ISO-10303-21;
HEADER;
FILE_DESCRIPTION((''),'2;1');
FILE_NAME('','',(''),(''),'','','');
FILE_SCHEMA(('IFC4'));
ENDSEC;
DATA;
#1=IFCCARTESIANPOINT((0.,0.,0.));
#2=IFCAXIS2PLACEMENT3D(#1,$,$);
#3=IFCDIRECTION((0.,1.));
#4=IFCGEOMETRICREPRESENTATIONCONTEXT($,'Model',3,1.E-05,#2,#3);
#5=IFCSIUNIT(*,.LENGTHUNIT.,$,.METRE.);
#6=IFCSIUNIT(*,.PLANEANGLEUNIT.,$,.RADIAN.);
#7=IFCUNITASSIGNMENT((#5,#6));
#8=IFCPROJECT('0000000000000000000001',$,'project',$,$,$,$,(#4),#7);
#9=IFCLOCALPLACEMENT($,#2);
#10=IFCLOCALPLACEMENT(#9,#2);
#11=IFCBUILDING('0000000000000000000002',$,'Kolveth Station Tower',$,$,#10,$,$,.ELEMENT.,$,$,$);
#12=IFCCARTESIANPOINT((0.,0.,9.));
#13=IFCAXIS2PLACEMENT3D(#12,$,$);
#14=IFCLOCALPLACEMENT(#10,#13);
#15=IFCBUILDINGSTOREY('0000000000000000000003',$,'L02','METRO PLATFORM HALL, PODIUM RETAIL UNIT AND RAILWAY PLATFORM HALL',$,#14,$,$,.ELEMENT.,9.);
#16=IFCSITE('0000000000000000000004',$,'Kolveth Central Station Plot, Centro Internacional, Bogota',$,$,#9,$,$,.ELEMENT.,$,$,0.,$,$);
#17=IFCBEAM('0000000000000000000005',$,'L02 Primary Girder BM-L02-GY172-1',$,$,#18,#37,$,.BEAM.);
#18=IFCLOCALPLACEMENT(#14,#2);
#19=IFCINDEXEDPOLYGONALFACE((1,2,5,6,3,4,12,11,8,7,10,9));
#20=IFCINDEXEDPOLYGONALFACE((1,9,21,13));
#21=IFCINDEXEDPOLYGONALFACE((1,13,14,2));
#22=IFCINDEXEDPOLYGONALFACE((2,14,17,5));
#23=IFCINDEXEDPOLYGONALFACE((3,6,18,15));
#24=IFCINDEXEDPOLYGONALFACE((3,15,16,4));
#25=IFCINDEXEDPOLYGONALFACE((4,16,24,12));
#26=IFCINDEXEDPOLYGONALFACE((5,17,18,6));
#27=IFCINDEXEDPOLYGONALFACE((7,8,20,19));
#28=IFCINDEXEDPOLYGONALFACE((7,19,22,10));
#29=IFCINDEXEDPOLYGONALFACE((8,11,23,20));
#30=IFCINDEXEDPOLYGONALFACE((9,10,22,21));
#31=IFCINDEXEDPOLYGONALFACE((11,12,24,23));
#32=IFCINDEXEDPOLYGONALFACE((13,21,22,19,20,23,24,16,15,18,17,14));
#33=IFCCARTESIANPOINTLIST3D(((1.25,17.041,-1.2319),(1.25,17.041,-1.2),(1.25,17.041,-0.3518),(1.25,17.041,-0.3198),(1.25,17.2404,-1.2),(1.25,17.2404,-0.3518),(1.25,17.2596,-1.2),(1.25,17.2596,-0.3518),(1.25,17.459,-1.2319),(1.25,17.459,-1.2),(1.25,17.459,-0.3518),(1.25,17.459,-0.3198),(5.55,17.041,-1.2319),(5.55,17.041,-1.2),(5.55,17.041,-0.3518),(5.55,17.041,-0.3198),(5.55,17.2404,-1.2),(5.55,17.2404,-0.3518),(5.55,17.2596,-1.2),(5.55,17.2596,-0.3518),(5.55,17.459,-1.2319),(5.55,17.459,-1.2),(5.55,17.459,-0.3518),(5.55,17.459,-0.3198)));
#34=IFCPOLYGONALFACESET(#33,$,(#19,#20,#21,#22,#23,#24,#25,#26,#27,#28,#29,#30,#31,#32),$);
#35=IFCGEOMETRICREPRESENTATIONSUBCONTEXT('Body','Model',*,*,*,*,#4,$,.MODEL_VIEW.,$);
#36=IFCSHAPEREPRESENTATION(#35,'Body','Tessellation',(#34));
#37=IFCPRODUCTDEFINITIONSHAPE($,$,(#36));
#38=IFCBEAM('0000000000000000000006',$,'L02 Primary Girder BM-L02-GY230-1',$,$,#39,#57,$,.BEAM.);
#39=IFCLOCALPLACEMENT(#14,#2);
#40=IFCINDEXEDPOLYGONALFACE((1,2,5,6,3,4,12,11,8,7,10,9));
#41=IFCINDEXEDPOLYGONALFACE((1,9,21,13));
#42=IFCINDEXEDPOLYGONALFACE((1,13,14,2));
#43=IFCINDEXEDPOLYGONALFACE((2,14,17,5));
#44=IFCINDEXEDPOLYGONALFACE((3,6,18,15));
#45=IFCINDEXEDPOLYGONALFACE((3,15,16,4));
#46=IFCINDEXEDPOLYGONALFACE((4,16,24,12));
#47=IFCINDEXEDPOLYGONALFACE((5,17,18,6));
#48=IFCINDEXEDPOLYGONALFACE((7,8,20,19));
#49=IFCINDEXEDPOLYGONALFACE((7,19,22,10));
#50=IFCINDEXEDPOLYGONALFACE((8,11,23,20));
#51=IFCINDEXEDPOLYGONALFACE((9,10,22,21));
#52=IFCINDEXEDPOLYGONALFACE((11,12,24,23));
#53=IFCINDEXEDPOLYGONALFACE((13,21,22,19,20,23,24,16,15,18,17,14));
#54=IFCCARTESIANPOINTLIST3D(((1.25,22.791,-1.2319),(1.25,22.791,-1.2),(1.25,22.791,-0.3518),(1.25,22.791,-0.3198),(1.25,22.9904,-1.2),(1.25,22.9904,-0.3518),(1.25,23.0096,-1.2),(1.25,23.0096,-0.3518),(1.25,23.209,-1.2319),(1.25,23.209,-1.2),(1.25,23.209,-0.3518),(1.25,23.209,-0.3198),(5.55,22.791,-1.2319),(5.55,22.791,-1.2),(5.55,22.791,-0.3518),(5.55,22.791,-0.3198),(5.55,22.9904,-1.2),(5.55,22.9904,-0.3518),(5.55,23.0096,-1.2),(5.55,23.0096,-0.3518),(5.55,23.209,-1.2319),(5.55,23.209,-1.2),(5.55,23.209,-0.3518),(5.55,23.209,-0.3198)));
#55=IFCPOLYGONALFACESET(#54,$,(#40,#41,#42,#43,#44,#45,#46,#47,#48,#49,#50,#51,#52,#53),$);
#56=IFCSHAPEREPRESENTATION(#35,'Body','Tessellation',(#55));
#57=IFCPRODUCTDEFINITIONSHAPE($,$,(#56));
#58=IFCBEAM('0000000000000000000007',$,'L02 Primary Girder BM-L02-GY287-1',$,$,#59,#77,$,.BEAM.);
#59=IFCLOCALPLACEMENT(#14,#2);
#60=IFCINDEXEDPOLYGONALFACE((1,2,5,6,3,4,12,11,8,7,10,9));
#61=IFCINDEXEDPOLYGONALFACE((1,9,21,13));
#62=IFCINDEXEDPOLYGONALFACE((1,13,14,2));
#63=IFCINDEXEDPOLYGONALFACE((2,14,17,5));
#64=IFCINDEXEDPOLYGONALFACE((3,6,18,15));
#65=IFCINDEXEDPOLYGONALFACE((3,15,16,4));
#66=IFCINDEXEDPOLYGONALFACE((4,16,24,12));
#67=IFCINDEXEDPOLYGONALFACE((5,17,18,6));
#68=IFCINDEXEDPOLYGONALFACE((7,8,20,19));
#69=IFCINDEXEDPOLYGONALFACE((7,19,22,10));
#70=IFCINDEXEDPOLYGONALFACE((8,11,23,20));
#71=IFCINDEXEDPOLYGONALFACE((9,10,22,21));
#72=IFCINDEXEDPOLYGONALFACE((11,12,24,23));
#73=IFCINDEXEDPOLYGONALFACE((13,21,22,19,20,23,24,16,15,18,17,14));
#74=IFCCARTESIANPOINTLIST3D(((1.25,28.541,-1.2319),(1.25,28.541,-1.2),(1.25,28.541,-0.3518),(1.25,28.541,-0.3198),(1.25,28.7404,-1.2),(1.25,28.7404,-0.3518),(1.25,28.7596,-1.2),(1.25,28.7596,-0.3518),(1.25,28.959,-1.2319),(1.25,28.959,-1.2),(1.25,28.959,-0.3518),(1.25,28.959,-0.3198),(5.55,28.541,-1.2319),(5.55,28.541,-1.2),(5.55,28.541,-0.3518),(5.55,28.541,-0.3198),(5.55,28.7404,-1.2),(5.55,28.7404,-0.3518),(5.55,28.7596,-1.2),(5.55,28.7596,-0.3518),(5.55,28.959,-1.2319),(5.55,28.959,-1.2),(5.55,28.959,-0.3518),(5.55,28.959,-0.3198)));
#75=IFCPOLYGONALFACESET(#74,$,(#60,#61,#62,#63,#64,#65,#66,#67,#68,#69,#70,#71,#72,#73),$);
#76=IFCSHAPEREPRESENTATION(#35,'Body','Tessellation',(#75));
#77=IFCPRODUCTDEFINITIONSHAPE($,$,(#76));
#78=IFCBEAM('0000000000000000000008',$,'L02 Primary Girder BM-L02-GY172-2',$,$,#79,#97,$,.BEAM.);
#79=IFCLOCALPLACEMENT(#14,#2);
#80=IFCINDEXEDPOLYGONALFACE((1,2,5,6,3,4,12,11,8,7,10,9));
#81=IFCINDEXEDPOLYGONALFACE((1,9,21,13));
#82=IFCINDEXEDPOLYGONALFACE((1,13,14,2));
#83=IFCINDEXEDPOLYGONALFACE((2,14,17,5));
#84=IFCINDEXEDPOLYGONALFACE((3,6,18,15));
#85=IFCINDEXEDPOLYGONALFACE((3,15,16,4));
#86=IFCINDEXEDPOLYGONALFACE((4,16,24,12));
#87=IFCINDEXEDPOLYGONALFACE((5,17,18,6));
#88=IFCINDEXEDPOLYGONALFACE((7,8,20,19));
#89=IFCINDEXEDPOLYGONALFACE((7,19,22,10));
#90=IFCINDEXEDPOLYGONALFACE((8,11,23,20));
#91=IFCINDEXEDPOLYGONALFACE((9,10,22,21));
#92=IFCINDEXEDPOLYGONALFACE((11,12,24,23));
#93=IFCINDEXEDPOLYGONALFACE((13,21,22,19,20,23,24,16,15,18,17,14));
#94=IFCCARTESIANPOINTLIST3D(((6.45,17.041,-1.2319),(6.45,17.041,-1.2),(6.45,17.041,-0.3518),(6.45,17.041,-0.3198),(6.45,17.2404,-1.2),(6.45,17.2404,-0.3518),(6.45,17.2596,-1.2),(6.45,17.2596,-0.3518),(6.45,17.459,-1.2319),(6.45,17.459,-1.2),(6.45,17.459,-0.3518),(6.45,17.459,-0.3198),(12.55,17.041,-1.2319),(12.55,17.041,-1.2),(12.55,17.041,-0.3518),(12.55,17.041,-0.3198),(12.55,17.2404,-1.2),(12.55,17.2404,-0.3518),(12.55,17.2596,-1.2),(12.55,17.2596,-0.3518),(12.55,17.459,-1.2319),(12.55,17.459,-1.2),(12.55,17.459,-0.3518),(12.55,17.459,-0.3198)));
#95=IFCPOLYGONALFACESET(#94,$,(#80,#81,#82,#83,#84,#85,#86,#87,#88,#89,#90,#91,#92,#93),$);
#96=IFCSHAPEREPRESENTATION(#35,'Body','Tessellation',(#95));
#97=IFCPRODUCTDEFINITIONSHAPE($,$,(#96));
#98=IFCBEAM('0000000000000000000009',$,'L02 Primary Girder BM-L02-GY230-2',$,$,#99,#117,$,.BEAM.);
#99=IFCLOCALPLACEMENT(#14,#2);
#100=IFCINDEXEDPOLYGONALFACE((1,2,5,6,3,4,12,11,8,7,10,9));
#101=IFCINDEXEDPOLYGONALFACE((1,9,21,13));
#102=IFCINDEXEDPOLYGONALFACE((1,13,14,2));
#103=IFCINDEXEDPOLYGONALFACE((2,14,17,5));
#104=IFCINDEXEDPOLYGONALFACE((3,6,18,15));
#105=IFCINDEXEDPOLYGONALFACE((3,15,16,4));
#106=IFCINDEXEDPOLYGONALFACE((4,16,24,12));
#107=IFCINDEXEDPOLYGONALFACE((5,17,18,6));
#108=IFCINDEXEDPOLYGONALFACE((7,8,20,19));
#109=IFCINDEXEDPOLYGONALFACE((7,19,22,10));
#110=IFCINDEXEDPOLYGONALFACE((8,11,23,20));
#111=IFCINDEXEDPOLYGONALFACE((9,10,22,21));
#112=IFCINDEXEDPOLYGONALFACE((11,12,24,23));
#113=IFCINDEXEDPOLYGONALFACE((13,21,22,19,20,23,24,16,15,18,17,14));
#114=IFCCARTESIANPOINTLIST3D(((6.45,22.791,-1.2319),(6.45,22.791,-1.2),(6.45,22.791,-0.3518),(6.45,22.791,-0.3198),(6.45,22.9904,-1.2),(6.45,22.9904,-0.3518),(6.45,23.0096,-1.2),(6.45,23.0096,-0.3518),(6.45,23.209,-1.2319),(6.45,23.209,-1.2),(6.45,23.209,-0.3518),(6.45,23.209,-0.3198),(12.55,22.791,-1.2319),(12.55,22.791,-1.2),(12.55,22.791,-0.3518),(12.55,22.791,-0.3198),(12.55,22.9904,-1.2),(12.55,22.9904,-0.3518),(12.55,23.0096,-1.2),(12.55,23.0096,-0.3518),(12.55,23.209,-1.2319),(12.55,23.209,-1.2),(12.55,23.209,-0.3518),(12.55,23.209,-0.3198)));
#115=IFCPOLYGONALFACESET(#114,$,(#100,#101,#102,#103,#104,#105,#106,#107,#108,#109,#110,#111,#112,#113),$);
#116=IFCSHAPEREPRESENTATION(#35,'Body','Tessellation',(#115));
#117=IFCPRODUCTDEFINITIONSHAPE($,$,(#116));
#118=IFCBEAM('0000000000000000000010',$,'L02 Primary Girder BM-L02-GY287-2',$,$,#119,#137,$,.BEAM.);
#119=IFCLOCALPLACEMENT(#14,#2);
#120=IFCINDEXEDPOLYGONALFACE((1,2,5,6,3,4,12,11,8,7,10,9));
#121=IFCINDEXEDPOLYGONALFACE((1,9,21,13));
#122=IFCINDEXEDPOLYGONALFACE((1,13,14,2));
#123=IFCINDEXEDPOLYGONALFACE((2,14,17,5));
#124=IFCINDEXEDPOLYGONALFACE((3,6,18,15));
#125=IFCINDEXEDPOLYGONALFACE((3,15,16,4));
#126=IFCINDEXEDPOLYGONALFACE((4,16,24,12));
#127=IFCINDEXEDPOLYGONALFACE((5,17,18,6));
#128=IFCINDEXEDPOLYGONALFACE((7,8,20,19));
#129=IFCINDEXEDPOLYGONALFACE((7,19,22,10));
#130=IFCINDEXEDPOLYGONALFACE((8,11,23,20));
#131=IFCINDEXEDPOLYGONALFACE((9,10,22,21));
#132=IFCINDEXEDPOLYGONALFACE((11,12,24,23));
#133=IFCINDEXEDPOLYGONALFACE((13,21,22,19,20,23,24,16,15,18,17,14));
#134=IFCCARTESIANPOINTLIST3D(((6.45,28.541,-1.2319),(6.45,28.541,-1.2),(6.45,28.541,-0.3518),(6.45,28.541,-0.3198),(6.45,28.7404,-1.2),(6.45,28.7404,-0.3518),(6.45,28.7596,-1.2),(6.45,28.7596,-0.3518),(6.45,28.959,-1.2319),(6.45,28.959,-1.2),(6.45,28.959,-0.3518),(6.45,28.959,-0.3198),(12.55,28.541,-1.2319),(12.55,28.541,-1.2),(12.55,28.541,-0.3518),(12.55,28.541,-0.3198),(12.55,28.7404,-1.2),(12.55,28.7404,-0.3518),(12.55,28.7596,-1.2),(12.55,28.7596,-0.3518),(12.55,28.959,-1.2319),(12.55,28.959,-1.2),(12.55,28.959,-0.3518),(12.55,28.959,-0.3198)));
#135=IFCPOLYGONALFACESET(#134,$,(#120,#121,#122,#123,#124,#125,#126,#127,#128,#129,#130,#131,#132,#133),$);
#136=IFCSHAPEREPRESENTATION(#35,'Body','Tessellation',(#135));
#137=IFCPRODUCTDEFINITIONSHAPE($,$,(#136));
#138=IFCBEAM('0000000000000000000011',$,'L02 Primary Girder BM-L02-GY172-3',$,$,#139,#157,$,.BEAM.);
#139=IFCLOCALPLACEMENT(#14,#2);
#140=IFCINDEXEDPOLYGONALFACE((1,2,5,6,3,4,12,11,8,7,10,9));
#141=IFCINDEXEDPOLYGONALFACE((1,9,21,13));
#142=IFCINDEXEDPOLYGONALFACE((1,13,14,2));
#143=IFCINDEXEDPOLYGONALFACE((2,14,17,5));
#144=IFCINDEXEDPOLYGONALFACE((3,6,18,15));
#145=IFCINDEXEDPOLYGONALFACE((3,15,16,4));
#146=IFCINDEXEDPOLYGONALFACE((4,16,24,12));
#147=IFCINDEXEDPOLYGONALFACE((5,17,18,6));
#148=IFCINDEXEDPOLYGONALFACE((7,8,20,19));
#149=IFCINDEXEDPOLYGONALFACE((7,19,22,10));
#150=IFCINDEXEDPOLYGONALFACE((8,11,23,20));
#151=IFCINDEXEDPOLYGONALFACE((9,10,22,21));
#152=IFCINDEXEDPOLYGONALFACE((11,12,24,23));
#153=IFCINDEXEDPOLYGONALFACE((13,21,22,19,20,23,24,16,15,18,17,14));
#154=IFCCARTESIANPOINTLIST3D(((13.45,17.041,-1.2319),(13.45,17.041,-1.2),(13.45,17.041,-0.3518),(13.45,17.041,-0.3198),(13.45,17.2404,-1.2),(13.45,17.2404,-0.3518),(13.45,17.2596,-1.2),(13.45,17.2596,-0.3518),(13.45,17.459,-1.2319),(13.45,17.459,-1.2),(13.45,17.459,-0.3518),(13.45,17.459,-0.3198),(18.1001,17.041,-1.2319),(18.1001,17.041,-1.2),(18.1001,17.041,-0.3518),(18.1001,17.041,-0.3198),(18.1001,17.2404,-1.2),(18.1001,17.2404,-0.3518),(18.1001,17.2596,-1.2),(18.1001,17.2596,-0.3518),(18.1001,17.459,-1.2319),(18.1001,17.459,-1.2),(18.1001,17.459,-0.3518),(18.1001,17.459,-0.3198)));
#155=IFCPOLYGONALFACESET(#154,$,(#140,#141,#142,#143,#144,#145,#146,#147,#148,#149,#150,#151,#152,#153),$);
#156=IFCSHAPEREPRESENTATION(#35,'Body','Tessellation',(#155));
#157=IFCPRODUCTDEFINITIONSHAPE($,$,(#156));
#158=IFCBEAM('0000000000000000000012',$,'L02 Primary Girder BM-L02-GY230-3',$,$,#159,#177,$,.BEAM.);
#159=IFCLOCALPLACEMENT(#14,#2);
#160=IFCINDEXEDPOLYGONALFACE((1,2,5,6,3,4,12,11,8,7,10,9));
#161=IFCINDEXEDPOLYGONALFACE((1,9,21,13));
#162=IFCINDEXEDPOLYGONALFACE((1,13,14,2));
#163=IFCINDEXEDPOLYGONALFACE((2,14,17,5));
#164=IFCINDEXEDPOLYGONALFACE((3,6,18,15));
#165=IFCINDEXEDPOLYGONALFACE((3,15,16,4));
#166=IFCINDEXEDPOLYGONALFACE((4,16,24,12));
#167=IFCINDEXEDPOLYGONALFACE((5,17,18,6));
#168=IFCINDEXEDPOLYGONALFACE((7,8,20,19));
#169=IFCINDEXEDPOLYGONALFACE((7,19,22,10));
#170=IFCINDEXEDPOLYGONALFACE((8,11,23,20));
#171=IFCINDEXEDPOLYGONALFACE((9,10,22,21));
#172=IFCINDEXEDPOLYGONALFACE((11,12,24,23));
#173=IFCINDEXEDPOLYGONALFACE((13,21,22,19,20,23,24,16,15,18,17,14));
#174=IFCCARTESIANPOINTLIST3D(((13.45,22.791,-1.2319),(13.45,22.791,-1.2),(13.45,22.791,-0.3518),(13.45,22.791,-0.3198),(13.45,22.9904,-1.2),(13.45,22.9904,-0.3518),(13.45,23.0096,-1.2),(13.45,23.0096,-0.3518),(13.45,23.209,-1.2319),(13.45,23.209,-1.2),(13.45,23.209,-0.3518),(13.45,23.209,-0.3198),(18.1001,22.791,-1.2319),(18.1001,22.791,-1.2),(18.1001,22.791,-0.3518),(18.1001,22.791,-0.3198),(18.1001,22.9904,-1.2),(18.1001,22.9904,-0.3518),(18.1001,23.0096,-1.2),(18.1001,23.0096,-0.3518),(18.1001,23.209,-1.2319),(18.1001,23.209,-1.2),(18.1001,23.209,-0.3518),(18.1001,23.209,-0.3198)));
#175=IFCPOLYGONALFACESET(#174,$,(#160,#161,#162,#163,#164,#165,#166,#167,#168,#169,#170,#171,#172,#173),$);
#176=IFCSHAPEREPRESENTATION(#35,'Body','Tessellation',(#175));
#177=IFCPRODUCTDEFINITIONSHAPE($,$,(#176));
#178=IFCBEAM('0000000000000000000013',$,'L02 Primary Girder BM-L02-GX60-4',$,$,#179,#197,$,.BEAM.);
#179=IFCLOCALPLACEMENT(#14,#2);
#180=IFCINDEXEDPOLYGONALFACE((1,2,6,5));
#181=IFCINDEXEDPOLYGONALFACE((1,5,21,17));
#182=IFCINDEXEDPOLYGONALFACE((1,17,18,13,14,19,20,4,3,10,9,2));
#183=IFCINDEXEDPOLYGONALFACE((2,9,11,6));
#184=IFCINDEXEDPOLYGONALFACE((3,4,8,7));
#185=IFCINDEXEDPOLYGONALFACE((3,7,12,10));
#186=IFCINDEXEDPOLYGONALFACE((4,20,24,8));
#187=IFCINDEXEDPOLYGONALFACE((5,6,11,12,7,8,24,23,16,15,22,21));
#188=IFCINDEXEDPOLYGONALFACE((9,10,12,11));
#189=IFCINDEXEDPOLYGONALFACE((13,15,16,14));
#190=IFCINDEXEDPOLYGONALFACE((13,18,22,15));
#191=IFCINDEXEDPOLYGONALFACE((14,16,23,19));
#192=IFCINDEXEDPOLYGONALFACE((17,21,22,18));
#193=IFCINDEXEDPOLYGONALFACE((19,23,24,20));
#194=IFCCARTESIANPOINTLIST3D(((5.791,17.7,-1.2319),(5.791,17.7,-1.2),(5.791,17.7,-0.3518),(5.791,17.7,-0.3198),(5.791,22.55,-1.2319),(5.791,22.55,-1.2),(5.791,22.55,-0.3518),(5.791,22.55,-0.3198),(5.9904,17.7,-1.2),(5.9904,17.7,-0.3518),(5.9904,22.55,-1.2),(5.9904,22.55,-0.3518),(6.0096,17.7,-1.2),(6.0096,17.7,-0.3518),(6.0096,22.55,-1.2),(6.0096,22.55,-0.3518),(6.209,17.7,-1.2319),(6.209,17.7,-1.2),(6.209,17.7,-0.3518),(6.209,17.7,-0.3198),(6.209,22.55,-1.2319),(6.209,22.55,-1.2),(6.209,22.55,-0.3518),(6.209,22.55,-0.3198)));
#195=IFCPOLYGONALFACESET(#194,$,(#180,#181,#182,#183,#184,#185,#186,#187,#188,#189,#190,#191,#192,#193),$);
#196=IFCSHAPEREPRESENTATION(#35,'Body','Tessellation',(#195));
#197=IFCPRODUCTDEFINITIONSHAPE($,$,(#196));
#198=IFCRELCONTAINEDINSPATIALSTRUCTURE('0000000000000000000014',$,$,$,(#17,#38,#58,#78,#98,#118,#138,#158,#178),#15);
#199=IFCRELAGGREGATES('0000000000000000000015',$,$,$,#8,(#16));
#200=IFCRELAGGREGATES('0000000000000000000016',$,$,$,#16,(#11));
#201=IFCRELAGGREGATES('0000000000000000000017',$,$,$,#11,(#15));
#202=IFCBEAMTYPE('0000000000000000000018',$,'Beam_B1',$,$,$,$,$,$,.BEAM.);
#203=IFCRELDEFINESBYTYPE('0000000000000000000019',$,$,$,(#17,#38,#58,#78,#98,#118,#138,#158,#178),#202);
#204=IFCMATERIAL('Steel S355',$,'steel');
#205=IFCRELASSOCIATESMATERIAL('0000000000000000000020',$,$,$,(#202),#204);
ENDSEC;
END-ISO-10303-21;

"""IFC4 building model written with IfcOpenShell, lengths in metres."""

from ifc_helpers import new_model, si_unit, direction, frame, origin, origin_2d, place, context, subcontext, project, spatial, i_section, extrude, source, transform, mapped, material, material_profile, profile_set, type_object, element, save


model = new_model("IFC4")

# Units and contexts
model_context = context("Model", 3, precision=1e-05, world=origin(), true_north=direction((0.0, 1.0)))
body_context = subcontext(model_context, "Body", "Model", "MODEL_VIEW")
ifc_project = project(units=[si_unit("LENGTHUNIT", "METRE"), si_unit("PLANEANGLEUNIT", "RADIAN")], contexts=[model_context])

# Site, building, storey
site_placement = place(None, origin())
site = spatial("IfcSite", under=ifc_project, at=site_placement, Name="Kolveth Central Station Plot, Centro Internacional, Bogota", CompositionType="ELEMENT", RefElevation=0.0)
building_placement = place(site_placement, origin())
building = spatial("IfcBuilding", under=site, at=building_placement, Name="Kolveth Station Tower", CompositionType="ELEMENT")
storey_placement = place(building_placement, frame((0.0, 0.0, 9.0)))
storey = spatial("IfcBuildingStorey", under=building, at=storey_placement, Name="L02", Description="METRO PLATFORM HALL, PODIUM RETAIL UNIT AND RAILWAY PLATFORM HALL", CompositionType="ELEMENT", Elevation=9.0)

# Beams
ifc_material_1 = material(Name="Steel S355", Category="steel")
ifc_material_profile_1 = material_profile(ifc_material_1, i_section(OverallWidth=0.418, OverallDepth=0.9121, WebThickness=0.0193, FlangeThickness=0.032, at=origin_2d()), Name="W920x342")
ifc_profile_set_1 = profile_set([ifc_material_profile_1], Name="Steel S355")
beam_type_1 = type_object("IfcBeamType", Name="Beam_B1", PredefinedType="BEAM", material=ifc_profile_set_1)
shared_shape_1 = source(origin(), body_context, "Body", "SweptSolid", [
    extrude(i_section(OverallWidth=0.418, OverallDepth=0.9121, WebThickness=0.0193, FlangeThickness=0.032, at=origin_2d()), origin(), (0.0, 0.0, 1.0), 4.3),
])
for number, where, z_axis, x_axis, name in (
    (1, (1.25, 17.25, -0.7759), (1.0, 0.0, 0.0), (0.0, 1.0, 0.0), "L02 Primary Girder BM-L02-GY172-1"),
    (2, (1.25, 23.0, -0.7759), (1.0, 0.0, 0.0), (0.0, 1.0, 0.0), "L02 Primary Girder BM-L02-GY230-1"),
    (3, (1.25, 28.75, -0.7759), (1.0, 0.0, 0.0), (0.0, 1.0, 0.0), "L02 Primary Girder BM-L02-GY287-1"),
):
    element("IfcBeam", number, at=place(storey_placement, frame(where, z_axis=z_axis, x_axis=x_axis)), inside=storey, type_object=beam_type_1, Name=name, PredefinedType="BEAM", context=body_context, shape_type="MappedRepresentation", body=[
        mapped(shared_shape_1, transform((0.0, 0.0, 0.0), x_axis=(1.0, 0.0, 0.0), y_axis=(0.0, 1.0, 0.0), z_axis=(0.0, 0.0, 1.0), scale=1.0)),
    ])
shared_shape_2 = source(origin(), body_context, "Body", "SweptSolid", [
    extrude(i_section(OverallWidth=0.418, OverallDepth=0.9121, WebThickness=0.0193, FlangeThickness=0.032, at=origin_2d()), origin(), (0.0, 0.0, 1.0), 6.1001),
])
for number, where, z_axis, x_axis, name in (
    (4, (6.45, 17.25, -0.7759), (1.0, 0.0, 0.0), (0.0, 1.0, 0.0), "L02 Primary Girder BM-L02-GY172-2"),
    (5, (6.45, 23.0, -0.7759), (1.0, 0.0, 0.0), (0.0, 1.0, 0.0), "L02 Primary Girder BM-L02-GY230-2"),
    (6, (6.45, 28.75, -0.7759), (1.0, 0.0, 0.0), (0.0, 1.0, 0.0), "L02 Primary Girder BM-L02-GY287-2"),
):
    element("IfcBeam", number, at=place(storey_placement, frame(where, z_axis=z_axis, x_axis=x_axis)), inside=storey, type_object=beam_type_1, Name=name, PredefinedType="BEAM", context=body_context, shape_type="MappedRepresentation", body=[
        mapped(shared_shape_2, transform((0.0, 0.0, 0.0), x_axis=(1.0, 0.0, 0.0), y_axis=(0.0, 1.0, 0.0), z_axis=(0.0, 0.0, 1.0), scale=1.0)),
    ])
shared_shape_3 = source(origin(), body_context, "Body", "SweptSolid", [
    extrude(i_section(OverallWidth=0.418, OverallDepth=0.9121, WebThickness=0.0193, FlangeThickness=0.032, at=origin_2d()), origin(), (0.0, 0.0, 1.0), 4.6501),
])
for number, where, z_axis, x_axis, name in (
    (7, (13.45, 17.25, -0.7759), (1.0, 0.0, 0.0), (0.0, 1.0, 0.0), "L02 Primary Girder BM-L02-GY172-3"),
    (8, (13.45, 23.0, -0.7759), (1.0, 0.0, 0.0), (0.0, 1.0, 0.0), "L02 Primary Girder BM-L02-GY230-3"),
):
    element("IfcBeam", number, at=place(storey_placement, frame(where, z_axis=z_axis, x_axis=x_axis)), inside=storey, type_object=beam_type_1, Name=name, PredefinedType="BEAM", context=body_context, shape_type="MappedRepresentation", body=[
        mapped(shared_shape_3, transform((0.0, 0.0, 0.0), x_axis=(1.0, 0.0, 0.0), y_axis=(0.0, 1.0, 0.0), z_axis=(0.0, 0.0, 1.0), scale=1.0)),
    ])
shared_shape_4 = source(origin(), body_context, "Body", "SweptSolid", [
    extrude(i_section(OverallWidth=0.418, OverallDepth=0.9121, WebThickness=0.0193, FlangeThickness=0.032, at=origin_2d()), origin(), (0.0, 0.0, 1.0), 4.8501),
])
for number, where, z_axis, x_axis, name in (
    (9, (6.0, 17.7, -0.7759), (0.0, 1.0, 0.0), (-1.0, 0.0, 0.0), "L02 Primary Girder BM-L02-GX60-4"),
):
    element("IfcBeam", number, at=place(storey_placement, frame(where, z_axis=z_axis, x_axis=x_axis)), inside=storey, type_object=beam_type_1, Name=name, PredefinedType="BEAM", context=body_context, shape_type="MappedRepresentation", body=[
        mapped(shared_shape_4, transform((0.0, 0.0, 0.0), x_axis=(1.0, 0.0, 0.0), y_axis=(0.0, 1.0, 0.0), z_axis=(0.0, 0.0, 1.0), scale=1.0)),
    ])

save(model, "model.ifc")
